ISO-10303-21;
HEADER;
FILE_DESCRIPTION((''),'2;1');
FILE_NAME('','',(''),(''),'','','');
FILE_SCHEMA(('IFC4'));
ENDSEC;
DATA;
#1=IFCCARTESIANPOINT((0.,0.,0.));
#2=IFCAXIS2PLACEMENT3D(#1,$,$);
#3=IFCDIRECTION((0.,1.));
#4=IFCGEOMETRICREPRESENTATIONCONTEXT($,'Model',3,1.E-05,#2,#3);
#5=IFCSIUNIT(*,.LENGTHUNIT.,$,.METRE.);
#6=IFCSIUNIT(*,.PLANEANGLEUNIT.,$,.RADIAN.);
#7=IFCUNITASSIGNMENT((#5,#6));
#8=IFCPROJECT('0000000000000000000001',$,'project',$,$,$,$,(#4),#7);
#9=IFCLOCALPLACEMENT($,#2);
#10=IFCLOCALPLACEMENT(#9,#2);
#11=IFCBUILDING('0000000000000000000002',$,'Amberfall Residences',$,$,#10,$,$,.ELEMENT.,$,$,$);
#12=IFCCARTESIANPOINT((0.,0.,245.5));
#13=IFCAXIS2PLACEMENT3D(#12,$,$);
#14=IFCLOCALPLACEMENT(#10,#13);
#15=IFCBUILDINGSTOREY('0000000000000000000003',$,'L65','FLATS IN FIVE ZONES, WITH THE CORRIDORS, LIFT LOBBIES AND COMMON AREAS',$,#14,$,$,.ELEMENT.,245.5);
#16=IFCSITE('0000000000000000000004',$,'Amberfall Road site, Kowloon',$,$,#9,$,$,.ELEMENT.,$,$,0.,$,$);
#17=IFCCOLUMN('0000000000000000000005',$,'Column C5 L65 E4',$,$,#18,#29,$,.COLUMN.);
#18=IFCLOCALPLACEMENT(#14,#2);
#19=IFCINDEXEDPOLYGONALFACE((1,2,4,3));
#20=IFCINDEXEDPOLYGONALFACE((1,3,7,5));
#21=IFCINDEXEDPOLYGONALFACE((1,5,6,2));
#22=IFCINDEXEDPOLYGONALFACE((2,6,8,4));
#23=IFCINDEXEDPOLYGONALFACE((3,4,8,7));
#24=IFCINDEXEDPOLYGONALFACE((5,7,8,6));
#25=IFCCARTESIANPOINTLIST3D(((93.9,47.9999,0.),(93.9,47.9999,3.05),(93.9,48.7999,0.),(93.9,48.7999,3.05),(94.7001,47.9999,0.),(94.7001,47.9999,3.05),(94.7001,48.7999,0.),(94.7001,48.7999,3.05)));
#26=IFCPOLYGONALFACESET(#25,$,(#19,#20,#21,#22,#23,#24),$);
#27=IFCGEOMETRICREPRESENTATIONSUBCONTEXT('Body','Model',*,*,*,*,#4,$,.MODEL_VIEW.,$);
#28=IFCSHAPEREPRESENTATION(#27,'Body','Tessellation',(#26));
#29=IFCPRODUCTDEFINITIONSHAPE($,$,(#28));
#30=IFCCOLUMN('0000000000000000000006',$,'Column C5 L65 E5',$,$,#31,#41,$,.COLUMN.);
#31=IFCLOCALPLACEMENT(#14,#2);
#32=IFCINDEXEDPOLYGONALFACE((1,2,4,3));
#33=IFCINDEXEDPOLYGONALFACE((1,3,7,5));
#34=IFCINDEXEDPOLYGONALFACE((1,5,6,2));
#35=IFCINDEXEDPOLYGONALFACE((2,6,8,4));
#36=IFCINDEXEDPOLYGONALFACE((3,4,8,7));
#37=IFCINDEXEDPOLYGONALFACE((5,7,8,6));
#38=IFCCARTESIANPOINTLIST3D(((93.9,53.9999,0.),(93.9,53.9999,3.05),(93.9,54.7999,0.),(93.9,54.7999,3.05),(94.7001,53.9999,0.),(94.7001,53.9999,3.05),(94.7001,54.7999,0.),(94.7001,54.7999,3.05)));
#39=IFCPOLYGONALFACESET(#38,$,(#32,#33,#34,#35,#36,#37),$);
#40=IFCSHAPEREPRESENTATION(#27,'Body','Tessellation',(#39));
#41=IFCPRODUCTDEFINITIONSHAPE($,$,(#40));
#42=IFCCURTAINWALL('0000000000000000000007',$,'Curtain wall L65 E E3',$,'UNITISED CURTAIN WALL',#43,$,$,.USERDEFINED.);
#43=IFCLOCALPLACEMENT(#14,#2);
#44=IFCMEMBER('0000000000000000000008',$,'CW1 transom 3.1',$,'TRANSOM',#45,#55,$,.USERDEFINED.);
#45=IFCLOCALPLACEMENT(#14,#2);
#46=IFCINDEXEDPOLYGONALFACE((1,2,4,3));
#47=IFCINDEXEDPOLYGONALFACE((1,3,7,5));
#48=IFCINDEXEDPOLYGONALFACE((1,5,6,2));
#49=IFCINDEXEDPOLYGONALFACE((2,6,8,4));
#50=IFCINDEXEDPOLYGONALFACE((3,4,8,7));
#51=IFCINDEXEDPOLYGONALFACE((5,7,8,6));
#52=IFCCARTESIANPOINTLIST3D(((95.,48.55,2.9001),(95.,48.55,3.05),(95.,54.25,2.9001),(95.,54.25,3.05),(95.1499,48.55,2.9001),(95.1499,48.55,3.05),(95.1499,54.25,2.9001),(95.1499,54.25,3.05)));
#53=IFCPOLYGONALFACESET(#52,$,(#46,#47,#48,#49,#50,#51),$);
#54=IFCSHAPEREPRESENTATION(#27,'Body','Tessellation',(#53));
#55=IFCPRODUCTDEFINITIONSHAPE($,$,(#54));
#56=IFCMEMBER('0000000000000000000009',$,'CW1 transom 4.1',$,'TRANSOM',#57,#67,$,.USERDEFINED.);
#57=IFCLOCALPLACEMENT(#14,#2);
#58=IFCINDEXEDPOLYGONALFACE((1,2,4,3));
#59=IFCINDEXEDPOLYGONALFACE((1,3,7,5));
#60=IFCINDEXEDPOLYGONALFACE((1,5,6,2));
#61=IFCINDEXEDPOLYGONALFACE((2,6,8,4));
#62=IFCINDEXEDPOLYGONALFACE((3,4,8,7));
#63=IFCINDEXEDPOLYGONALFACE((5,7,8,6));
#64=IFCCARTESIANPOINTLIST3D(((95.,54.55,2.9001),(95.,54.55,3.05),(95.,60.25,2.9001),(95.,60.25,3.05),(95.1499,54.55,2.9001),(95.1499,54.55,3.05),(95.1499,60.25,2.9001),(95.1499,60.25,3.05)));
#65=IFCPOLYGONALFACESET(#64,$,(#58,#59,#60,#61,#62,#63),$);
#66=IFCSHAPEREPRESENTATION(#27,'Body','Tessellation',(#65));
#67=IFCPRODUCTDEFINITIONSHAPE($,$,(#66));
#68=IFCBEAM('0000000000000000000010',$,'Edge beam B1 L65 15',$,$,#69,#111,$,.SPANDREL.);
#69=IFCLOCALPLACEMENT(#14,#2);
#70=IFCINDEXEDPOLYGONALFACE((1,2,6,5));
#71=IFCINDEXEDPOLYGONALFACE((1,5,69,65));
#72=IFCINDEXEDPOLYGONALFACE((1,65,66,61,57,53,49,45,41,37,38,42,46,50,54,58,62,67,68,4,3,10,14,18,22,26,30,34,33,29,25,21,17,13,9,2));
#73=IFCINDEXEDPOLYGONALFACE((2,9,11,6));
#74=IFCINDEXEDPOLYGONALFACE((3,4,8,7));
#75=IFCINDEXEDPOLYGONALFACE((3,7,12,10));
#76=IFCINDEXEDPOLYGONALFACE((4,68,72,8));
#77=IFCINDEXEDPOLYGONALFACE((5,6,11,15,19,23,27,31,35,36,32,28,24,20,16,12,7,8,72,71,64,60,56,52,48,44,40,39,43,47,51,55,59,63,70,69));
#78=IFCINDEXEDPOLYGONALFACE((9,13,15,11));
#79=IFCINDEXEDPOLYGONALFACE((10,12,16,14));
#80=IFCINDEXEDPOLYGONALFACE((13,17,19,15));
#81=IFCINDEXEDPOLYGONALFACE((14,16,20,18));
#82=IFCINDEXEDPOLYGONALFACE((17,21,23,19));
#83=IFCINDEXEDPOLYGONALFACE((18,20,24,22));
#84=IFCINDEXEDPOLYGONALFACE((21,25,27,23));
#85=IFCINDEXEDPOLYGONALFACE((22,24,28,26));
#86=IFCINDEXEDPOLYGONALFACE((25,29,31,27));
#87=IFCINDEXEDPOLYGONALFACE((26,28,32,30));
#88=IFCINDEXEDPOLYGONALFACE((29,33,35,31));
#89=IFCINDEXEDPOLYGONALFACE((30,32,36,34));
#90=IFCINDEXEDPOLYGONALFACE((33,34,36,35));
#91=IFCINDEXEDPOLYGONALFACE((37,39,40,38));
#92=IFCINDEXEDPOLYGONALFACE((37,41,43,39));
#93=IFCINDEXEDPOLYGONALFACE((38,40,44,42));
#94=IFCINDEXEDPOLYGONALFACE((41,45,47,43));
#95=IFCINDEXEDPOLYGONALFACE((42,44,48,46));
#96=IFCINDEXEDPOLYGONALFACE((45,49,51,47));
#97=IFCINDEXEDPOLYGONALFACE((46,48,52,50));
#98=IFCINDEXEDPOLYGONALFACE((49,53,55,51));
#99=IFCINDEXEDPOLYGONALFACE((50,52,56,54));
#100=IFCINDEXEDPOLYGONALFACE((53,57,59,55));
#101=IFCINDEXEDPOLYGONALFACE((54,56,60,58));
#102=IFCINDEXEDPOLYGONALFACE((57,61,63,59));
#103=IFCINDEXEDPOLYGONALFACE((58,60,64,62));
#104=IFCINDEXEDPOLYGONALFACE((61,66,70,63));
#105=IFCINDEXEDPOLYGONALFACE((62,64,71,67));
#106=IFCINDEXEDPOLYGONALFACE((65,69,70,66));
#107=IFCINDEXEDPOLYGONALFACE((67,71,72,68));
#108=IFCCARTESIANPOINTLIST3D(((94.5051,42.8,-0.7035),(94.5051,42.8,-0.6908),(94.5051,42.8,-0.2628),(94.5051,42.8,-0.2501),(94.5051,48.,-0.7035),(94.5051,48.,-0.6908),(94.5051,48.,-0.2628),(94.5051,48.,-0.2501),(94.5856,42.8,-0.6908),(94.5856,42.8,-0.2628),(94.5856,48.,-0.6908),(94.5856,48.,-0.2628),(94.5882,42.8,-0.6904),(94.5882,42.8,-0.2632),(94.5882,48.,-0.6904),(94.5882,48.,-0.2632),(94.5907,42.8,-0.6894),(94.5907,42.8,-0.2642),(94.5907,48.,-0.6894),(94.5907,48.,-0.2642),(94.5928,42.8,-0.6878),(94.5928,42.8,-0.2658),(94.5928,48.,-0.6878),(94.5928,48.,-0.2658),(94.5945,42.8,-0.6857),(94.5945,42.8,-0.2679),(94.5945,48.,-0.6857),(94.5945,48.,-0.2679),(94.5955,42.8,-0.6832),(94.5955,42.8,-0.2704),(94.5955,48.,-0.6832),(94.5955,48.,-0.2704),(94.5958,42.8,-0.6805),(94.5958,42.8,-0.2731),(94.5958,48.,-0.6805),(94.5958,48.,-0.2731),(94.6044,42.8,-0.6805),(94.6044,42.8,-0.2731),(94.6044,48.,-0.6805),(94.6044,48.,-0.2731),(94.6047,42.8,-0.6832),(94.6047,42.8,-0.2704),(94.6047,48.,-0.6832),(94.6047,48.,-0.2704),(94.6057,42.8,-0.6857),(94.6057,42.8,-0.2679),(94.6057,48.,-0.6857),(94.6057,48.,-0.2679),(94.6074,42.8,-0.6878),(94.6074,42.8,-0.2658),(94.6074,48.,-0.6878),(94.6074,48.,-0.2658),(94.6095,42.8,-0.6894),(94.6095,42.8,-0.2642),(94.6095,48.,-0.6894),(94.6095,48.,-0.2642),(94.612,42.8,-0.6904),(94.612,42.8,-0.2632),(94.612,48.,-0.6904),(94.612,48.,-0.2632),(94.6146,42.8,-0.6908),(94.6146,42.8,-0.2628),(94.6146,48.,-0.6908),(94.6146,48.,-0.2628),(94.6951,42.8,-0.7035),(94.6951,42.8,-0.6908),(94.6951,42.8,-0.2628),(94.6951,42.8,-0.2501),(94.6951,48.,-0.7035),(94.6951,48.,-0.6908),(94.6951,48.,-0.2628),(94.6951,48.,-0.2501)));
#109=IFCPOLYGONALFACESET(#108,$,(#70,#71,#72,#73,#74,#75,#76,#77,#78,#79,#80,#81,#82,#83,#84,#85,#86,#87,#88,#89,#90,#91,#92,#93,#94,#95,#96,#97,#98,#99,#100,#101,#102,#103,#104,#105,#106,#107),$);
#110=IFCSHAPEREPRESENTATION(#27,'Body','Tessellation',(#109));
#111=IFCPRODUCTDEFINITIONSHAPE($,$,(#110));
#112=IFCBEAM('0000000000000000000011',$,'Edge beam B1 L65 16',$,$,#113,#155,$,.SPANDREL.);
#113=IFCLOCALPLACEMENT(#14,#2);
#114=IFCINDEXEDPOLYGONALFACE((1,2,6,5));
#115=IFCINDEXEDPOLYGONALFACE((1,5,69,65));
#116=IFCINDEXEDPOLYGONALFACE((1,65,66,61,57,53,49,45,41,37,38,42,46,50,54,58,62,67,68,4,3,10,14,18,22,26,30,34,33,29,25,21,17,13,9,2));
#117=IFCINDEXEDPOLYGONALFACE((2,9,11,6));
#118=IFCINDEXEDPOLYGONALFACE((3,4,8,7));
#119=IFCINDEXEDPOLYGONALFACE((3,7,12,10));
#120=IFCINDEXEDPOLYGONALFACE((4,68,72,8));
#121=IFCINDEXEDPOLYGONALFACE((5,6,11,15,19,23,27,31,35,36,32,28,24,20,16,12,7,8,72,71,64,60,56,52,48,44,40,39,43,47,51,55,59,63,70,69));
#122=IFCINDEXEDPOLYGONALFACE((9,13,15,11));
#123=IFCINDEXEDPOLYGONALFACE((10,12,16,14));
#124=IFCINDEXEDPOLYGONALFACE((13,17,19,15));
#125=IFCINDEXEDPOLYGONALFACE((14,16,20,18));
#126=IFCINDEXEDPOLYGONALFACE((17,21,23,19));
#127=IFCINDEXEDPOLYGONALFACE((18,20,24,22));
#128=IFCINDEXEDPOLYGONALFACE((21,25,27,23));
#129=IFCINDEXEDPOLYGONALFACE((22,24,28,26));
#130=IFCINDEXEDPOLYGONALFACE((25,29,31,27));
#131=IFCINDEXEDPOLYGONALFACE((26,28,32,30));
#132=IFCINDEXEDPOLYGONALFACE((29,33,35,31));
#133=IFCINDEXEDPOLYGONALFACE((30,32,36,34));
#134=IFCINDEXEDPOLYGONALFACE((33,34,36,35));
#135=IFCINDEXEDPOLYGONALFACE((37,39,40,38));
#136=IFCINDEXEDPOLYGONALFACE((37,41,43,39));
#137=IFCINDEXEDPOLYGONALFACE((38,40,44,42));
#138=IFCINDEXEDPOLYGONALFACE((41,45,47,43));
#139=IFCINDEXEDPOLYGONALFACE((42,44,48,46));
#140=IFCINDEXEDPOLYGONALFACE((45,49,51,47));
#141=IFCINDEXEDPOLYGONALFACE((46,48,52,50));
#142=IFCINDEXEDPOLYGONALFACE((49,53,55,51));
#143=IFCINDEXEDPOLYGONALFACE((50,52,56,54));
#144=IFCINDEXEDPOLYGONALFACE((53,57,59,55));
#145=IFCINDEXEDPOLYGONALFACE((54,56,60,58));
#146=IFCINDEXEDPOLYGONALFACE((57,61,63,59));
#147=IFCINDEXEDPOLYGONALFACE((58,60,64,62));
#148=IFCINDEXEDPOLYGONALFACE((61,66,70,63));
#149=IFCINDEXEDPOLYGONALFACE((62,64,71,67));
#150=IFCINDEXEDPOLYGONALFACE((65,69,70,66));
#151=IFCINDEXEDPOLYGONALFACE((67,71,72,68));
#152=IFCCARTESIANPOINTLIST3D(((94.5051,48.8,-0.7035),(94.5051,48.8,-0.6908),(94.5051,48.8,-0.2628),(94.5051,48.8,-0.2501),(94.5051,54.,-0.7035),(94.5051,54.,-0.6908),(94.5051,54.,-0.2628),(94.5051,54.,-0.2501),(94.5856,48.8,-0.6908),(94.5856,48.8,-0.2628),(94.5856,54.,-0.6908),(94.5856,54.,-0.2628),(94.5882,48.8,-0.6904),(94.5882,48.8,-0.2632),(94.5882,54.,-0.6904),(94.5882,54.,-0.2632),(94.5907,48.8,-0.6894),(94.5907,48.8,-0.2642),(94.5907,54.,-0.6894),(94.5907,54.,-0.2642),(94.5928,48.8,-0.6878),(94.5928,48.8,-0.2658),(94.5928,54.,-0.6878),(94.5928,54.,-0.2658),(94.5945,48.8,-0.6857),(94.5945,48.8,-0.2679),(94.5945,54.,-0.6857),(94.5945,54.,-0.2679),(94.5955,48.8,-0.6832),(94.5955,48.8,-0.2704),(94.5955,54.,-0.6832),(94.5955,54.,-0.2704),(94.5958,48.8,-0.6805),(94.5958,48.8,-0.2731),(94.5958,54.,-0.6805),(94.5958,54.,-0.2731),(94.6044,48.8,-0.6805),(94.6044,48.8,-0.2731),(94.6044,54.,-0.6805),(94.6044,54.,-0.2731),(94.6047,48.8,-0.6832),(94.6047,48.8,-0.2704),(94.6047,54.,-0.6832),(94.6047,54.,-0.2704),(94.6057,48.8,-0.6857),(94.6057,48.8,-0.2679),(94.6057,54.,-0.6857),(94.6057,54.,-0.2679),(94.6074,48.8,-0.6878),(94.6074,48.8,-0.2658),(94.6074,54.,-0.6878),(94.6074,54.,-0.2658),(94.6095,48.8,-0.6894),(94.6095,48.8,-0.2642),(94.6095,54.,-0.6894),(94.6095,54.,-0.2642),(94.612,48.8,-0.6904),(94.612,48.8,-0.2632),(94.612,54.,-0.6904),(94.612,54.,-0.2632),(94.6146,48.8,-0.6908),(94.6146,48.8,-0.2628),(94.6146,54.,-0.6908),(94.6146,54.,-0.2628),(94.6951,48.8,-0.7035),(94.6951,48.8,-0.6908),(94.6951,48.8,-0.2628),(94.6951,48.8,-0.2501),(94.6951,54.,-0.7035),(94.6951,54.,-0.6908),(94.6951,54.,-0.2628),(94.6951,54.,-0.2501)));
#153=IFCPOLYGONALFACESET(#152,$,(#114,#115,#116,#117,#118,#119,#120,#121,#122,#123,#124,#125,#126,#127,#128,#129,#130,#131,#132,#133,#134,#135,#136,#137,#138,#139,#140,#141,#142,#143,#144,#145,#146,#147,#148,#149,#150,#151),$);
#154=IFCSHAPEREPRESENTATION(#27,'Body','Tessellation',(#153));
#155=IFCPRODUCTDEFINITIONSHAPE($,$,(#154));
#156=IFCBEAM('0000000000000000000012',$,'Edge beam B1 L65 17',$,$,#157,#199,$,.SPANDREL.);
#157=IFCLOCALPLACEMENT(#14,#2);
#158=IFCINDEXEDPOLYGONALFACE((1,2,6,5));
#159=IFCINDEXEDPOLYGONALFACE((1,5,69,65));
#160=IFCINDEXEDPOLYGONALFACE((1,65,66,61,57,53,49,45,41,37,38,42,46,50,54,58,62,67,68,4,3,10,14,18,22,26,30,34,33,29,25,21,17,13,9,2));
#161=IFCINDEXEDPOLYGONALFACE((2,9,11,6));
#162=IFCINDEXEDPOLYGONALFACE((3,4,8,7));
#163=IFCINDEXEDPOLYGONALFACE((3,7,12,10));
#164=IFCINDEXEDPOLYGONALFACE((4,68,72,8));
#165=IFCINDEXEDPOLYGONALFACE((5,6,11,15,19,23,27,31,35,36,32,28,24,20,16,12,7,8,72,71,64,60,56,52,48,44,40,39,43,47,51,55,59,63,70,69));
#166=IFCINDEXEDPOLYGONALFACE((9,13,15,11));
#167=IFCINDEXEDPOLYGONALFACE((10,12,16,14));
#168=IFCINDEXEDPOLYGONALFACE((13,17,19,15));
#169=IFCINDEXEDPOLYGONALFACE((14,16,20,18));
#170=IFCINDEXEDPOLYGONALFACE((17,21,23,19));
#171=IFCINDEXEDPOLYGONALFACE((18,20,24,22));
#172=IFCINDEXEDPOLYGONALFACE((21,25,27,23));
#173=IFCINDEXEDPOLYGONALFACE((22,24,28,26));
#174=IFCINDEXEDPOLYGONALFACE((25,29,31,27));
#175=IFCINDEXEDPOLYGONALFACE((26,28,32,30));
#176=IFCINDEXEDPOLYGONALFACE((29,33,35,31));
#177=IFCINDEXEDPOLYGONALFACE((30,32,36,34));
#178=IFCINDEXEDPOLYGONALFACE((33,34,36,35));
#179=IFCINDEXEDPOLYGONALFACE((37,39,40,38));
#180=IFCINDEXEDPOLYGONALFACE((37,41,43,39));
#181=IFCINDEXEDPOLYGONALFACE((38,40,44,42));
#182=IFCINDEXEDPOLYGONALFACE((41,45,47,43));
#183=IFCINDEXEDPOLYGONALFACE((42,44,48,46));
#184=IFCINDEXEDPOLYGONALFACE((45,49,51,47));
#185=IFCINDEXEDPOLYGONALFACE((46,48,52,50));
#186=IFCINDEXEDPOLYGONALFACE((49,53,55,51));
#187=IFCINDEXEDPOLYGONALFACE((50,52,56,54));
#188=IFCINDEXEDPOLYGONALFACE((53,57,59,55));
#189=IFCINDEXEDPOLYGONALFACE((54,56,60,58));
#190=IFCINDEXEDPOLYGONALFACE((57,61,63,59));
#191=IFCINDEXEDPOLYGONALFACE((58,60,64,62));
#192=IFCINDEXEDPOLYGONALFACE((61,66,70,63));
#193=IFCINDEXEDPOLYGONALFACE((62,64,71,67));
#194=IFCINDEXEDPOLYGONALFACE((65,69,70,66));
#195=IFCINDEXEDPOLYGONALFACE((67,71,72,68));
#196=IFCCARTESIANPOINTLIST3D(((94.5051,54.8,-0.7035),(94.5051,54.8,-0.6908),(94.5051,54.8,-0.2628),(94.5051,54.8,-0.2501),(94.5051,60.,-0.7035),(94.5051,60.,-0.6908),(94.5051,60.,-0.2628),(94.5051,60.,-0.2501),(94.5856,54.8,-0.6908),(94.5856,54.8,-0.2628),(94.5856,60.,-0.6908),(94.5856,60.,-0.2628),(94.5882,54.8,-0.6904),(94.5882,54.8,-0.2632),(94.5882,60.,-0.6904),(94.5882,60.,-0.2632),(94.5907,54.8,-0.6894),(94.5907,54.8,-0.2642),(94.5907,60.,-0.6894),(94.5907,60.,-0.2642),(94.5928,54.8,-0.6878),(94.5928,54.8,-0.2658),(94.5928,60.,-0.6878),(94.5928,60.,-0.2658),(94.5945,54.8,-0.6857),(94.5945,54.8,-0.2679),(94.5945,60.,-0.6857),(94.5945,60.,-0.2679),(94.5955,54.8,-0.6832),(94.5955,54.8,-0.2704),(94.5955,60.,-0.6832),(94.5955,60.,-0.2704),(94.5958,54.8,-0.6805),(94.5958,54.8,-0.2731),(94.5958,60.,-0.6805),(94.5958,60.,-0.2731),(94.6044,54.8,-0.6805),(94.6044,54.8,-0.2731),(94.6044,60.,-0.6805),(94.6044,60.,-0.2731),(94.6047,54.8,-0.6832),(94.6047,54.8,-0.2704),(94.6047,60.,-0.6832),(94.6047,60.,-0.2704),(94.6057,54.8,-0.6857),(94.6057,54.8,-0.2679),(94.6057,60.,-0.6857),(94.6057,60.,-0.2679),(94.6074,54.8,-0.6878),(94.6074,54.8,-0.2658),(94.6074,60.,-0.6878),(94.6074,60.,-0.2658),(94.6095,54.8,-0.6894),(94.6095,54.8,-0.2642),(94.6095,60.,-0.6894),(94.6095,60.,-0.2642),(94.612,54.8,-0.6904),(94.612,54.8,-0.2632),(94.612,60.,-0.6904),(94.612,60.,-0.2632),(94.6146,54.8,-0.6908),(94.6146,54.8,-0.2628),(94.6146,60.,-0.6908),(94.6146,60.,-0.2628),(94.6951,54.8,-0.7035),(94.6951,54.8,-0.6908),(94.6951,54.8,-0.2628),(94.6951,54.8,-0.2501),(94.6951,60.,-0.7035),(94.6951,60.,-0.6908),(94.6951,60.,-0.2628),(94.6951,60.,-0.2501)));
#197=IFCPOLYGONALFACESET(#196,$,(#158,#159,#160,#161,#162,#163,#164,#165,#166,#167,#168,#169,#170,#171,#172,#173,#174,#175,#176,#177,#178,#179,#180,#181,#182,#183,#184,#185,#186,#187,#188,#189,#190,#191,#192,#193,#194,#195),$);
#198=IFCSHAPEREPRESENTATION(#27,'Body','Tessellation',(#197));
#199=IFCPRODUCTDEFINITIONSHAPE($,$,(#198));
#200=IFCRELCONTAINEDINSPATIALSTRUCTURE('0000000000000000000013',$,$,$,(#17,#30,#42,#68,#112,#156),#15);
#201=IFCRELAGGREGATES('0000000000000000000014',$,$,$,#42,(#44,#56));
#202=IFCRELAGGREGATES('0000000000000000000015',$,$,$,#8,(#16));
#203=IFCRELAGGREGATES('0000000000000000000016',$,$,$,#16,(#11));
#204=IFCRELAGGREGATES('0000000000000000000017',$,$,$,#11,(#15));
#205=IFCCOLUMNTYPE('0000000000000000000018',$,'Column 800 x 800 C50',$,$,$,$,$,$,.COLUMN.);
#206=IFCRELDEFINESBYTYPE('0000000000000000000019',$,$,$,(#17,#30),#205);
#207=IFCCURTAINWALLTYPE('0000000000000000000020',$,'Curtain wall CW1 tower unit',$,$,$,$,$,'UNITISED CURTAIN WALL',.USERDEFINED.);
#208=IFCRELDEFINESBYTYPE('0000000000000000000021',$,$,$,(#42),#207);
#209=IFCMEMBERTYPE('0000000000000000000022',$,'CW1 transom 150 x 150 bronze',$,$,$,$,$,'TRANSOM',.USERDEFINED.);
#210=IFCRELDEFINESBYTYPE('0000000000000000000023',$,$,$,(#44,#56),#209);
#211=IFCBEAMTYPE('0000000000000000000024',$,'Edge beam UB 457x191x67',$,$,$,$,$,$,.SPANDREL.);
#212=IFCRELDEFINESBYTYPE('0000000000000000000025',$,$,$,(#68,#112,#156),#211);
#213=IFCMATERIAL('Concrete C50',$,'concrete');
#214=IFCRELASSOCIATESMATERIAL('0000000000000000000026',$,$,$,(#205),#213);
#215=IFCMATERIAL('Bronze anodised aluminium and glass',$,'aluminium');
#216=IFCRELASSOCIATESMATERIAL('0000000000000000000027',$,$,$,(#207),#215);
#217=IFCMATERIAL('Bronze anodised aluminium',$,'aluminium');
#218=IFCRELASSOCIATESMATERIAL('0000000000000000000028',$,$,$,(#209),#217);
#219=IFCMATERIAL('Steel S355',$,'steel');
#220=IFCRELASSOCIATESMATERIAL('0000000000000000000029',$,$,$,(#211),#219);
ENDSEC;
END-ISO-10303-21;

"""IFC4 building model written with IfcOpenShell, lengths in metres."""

from ifc_helpers import new_model, si_unit, direction, frame, origin, origin_2d, place, context, subcontext, project, spatial, rectangle, i_section, extrude, material, material_profile, profile_set, type_object, element, aggregate, save


model = new_model("IFC4")

# Units and contexts
model_context = context("Model", 3, precision=1e-05, world=origin(), true_north=direction((0.0, 1.0)))
body_context = subcontext(model_context, "Body", "Model", "MODEL_VIEW")
ifc_project = project(units=[si_unit("LENGTHUNIT", "METRE"), si_unit("PLANEANGLEUNIT", "RADIAN")], contexts=[model_context])

# Site, building, storey
site_placement = place(None, origin())
site = spatial("IfcSite", under=ifc_project, at=site_placement, Name="Amberfall Road site, Kowloon", CompositionType="ELEMENT", RefElevation=0.0)
building_placement = place(site_placement, origin())
building = spatial("IfcBuilding", under=site, at=building_placement, Name="Amberfall Residences", CompositionType="ELEMENT")
storey_placement = place(building_placement, frame((0.0, 0.0, 245.5)))
storey = spatial("IfcBuildingStorey", under=building, at=storey_placement, Name="L65", Description="FLATS IN FIVE ZONES, WITH THE CORRIDORS, LIFT LOBBIES AND COMMON AREAS", CompositionType="ELEMENT", Elevation=245.5)

# Columns
ifc_material_1 = material(Name="Concrete C50", Category="concrete")
ifc_material_profile_1 = material_profile(ifc_material_1, rectangle(XDim=0.8, YDim=0.8, at=origin_2d()), Name="Column 800 x 800 C50")
ifc_profile_set_1 = profile_set([ifc_material_profile_1], Name="Concrete C50")
column_type = type_object("IfcColumnType", Name="Column 800 x 800 C50", PredefinedType="COLUMN", material=ifc_profile_set_1)
for number, where, z_axis, x_axis, name in (
    (1, (94.3, 48.3999, 0.0), (0.0, 0.0, 1.0), (1.0, 0.0, 0.0), "Column C5 L65 E4"),
    (2, (94.3, 54.3999, 0.0), (0.0, 0.0, 1.0), (1.0, 0.0, 0.0), "Column C5 L65 E5"),
):
    element("IfcColumn", number, at=place(storey_placement, frame(where, z_axis=z_axis, x_axis=x_axis)), inside=storey, type_object=column_type, Name=name, PredefinedType="COLUMN", context=body_context, shape_type="SweptSolid", body=[
        extrude(rectangle(XDim=0.8, YDim=0.8, at=origin_2d()), origin(), (0.0, 0.0, 1.0), 3.05),
    ])

# Curtain wall, members
ifc_material_2 = material(Name="Bronze anodised aluminium and glass", Category="aluminium")
curtain_wall_type = type_object("IfcCurtainWallType", Name="Curtain wall CW1 tower unit", ElementType="UNITISED CURTAIN WALL", PredefinedType="USERDEFINED", material=ifc_material_2)
curtain_wall_placement = place(storey_placement, origin())
curtain_wall = element("IfcCurtainWall", 3, at=curtain_wall_placement, inside=storey, type_object=curtain_wall_type, Name="Curtain wall L65 E E3", ObjectType="UNITISED CURTAIN WALL", PredefinedType="USERDEFINED")
ifc_material_3 = material(Name="Bronze anodised aluminium", Category="aluminium")
ifc_material_profile_2 = material_profile(ifc_material_3, rectangle(XDim=0.1499, YDim=0.1499, at=origin_2d()), Name="CW1 transom 150 x 150 bronze")
ifc_profile_set_2 = profile_set([ifc_material_profile_2], Name="Bronze anodised aluminium")
member_type_1 = type_object("IfcMemberType", Name="CW1 transom 150 x 150 bronze", ElementType="TRANSOM", PredefinedType="USERDEFINED", material=ifc_profile_set_2)
member_1_placement = place(storey_placement, frame((95.075, 48.55, 2.9751), z_axis=(0.0, 1.0, 0.0), x_axis=(-1.0, 0.0, 0.0)))
member_1 = element("IfcMember", 4, at=member_1_placement, type_object=member_type_1, Name="CW1 transom 3.1", ObjectType="TRANSOM", PredefinedType="USERDEFINED", context=body_context, shape_type="SweptSolid", body=[
    extrude(rectangle(XDim=0.1499, YDim=0.1499, at=origin_2d()), origin(), (0.0, 0.0, 1.0), 5.7),
])
member_2_placement = place(storey_placement, frame((95.075, 54.55, 2.9751), z_axis=(0.0, 1.0, 0.0), x_axis=(-1.0, 0.0, 0.0)))
member_2 = element("IfcMember", 5, at=member_2_placement, type_object=member_type_1, Name="CW1 transom 4.1", ObjectType="TRANSOM", PredefinedType="USERDEFINED", context=body_context, shape_type="SweptSolid", body=[
    extrude(rectangle(XDim=0.1499, YDim=0.1499, at=origin_2d()), origin(), (0.0, 0.0, 1.0), 5.7),
])

# Beams
ifc_material_4 = material(Name="Steel S355", Category="steel")
ifc_material_profile_3 = material_profile(ifc_material_4, i_section(OverallWidth=0.1899, OverallDepth=0.4534, WebThickness=0.0085, FlangeThickness=0.0127, FilletRadius=0.0103, at=origin_2d()), Name="UB 457x191x67")
ifc_profile_set_3 = profile_set([ifc_material_profile_3], Name="Steel S355")
beam_type_1 = type_object("IfcBeamType", Name="Edge beam UB 457x191x67", PredefinedType="SPANDREL", material=ifc_profile_set_3)
for number, where, z_axis, x_axis, name in (
    (6, (94.6001, 42.8, -0.4768), (0.0, 1.0, 0.0), (-1.0, 0.0, 0.0), "Edge beam B1 L65 15"),
    (7, (94.6001, 48.8, -0.4768), (0.0, 1.0, 0.0), (-1.0, 0.0, 0.0), "Edge beam B1 L65 16"),
    (8, (94.6001, 54.8, -0.4768), (0.0, 1.0, 0.0), (-1.0, 0.0, 0.0), "Edge beam B1 L65 17"),
):
    element("IfcBeam", number, at=place(storey_placement, frame(where, z_axis=z_axis, x_axis=x_axis)), inside=storey, type_object=beam_type_1, Name=name, PredefinedType="SPANDREL", context=body_context, shape_type="SweptSolid", body=[
        extrude(i_section(OverallWidth=0.1899, OverallDepth=0.4534, WebThickness=0.0085, FlangeThickness=0.0127, FilletRadius=0.0103, at=origin_2d()), origin(), (0.0, 0.0, 1.0), 5.2),
    ])

aggregate(curtain_wall, [member_1, member_2])

save(model, "model.ifc")
